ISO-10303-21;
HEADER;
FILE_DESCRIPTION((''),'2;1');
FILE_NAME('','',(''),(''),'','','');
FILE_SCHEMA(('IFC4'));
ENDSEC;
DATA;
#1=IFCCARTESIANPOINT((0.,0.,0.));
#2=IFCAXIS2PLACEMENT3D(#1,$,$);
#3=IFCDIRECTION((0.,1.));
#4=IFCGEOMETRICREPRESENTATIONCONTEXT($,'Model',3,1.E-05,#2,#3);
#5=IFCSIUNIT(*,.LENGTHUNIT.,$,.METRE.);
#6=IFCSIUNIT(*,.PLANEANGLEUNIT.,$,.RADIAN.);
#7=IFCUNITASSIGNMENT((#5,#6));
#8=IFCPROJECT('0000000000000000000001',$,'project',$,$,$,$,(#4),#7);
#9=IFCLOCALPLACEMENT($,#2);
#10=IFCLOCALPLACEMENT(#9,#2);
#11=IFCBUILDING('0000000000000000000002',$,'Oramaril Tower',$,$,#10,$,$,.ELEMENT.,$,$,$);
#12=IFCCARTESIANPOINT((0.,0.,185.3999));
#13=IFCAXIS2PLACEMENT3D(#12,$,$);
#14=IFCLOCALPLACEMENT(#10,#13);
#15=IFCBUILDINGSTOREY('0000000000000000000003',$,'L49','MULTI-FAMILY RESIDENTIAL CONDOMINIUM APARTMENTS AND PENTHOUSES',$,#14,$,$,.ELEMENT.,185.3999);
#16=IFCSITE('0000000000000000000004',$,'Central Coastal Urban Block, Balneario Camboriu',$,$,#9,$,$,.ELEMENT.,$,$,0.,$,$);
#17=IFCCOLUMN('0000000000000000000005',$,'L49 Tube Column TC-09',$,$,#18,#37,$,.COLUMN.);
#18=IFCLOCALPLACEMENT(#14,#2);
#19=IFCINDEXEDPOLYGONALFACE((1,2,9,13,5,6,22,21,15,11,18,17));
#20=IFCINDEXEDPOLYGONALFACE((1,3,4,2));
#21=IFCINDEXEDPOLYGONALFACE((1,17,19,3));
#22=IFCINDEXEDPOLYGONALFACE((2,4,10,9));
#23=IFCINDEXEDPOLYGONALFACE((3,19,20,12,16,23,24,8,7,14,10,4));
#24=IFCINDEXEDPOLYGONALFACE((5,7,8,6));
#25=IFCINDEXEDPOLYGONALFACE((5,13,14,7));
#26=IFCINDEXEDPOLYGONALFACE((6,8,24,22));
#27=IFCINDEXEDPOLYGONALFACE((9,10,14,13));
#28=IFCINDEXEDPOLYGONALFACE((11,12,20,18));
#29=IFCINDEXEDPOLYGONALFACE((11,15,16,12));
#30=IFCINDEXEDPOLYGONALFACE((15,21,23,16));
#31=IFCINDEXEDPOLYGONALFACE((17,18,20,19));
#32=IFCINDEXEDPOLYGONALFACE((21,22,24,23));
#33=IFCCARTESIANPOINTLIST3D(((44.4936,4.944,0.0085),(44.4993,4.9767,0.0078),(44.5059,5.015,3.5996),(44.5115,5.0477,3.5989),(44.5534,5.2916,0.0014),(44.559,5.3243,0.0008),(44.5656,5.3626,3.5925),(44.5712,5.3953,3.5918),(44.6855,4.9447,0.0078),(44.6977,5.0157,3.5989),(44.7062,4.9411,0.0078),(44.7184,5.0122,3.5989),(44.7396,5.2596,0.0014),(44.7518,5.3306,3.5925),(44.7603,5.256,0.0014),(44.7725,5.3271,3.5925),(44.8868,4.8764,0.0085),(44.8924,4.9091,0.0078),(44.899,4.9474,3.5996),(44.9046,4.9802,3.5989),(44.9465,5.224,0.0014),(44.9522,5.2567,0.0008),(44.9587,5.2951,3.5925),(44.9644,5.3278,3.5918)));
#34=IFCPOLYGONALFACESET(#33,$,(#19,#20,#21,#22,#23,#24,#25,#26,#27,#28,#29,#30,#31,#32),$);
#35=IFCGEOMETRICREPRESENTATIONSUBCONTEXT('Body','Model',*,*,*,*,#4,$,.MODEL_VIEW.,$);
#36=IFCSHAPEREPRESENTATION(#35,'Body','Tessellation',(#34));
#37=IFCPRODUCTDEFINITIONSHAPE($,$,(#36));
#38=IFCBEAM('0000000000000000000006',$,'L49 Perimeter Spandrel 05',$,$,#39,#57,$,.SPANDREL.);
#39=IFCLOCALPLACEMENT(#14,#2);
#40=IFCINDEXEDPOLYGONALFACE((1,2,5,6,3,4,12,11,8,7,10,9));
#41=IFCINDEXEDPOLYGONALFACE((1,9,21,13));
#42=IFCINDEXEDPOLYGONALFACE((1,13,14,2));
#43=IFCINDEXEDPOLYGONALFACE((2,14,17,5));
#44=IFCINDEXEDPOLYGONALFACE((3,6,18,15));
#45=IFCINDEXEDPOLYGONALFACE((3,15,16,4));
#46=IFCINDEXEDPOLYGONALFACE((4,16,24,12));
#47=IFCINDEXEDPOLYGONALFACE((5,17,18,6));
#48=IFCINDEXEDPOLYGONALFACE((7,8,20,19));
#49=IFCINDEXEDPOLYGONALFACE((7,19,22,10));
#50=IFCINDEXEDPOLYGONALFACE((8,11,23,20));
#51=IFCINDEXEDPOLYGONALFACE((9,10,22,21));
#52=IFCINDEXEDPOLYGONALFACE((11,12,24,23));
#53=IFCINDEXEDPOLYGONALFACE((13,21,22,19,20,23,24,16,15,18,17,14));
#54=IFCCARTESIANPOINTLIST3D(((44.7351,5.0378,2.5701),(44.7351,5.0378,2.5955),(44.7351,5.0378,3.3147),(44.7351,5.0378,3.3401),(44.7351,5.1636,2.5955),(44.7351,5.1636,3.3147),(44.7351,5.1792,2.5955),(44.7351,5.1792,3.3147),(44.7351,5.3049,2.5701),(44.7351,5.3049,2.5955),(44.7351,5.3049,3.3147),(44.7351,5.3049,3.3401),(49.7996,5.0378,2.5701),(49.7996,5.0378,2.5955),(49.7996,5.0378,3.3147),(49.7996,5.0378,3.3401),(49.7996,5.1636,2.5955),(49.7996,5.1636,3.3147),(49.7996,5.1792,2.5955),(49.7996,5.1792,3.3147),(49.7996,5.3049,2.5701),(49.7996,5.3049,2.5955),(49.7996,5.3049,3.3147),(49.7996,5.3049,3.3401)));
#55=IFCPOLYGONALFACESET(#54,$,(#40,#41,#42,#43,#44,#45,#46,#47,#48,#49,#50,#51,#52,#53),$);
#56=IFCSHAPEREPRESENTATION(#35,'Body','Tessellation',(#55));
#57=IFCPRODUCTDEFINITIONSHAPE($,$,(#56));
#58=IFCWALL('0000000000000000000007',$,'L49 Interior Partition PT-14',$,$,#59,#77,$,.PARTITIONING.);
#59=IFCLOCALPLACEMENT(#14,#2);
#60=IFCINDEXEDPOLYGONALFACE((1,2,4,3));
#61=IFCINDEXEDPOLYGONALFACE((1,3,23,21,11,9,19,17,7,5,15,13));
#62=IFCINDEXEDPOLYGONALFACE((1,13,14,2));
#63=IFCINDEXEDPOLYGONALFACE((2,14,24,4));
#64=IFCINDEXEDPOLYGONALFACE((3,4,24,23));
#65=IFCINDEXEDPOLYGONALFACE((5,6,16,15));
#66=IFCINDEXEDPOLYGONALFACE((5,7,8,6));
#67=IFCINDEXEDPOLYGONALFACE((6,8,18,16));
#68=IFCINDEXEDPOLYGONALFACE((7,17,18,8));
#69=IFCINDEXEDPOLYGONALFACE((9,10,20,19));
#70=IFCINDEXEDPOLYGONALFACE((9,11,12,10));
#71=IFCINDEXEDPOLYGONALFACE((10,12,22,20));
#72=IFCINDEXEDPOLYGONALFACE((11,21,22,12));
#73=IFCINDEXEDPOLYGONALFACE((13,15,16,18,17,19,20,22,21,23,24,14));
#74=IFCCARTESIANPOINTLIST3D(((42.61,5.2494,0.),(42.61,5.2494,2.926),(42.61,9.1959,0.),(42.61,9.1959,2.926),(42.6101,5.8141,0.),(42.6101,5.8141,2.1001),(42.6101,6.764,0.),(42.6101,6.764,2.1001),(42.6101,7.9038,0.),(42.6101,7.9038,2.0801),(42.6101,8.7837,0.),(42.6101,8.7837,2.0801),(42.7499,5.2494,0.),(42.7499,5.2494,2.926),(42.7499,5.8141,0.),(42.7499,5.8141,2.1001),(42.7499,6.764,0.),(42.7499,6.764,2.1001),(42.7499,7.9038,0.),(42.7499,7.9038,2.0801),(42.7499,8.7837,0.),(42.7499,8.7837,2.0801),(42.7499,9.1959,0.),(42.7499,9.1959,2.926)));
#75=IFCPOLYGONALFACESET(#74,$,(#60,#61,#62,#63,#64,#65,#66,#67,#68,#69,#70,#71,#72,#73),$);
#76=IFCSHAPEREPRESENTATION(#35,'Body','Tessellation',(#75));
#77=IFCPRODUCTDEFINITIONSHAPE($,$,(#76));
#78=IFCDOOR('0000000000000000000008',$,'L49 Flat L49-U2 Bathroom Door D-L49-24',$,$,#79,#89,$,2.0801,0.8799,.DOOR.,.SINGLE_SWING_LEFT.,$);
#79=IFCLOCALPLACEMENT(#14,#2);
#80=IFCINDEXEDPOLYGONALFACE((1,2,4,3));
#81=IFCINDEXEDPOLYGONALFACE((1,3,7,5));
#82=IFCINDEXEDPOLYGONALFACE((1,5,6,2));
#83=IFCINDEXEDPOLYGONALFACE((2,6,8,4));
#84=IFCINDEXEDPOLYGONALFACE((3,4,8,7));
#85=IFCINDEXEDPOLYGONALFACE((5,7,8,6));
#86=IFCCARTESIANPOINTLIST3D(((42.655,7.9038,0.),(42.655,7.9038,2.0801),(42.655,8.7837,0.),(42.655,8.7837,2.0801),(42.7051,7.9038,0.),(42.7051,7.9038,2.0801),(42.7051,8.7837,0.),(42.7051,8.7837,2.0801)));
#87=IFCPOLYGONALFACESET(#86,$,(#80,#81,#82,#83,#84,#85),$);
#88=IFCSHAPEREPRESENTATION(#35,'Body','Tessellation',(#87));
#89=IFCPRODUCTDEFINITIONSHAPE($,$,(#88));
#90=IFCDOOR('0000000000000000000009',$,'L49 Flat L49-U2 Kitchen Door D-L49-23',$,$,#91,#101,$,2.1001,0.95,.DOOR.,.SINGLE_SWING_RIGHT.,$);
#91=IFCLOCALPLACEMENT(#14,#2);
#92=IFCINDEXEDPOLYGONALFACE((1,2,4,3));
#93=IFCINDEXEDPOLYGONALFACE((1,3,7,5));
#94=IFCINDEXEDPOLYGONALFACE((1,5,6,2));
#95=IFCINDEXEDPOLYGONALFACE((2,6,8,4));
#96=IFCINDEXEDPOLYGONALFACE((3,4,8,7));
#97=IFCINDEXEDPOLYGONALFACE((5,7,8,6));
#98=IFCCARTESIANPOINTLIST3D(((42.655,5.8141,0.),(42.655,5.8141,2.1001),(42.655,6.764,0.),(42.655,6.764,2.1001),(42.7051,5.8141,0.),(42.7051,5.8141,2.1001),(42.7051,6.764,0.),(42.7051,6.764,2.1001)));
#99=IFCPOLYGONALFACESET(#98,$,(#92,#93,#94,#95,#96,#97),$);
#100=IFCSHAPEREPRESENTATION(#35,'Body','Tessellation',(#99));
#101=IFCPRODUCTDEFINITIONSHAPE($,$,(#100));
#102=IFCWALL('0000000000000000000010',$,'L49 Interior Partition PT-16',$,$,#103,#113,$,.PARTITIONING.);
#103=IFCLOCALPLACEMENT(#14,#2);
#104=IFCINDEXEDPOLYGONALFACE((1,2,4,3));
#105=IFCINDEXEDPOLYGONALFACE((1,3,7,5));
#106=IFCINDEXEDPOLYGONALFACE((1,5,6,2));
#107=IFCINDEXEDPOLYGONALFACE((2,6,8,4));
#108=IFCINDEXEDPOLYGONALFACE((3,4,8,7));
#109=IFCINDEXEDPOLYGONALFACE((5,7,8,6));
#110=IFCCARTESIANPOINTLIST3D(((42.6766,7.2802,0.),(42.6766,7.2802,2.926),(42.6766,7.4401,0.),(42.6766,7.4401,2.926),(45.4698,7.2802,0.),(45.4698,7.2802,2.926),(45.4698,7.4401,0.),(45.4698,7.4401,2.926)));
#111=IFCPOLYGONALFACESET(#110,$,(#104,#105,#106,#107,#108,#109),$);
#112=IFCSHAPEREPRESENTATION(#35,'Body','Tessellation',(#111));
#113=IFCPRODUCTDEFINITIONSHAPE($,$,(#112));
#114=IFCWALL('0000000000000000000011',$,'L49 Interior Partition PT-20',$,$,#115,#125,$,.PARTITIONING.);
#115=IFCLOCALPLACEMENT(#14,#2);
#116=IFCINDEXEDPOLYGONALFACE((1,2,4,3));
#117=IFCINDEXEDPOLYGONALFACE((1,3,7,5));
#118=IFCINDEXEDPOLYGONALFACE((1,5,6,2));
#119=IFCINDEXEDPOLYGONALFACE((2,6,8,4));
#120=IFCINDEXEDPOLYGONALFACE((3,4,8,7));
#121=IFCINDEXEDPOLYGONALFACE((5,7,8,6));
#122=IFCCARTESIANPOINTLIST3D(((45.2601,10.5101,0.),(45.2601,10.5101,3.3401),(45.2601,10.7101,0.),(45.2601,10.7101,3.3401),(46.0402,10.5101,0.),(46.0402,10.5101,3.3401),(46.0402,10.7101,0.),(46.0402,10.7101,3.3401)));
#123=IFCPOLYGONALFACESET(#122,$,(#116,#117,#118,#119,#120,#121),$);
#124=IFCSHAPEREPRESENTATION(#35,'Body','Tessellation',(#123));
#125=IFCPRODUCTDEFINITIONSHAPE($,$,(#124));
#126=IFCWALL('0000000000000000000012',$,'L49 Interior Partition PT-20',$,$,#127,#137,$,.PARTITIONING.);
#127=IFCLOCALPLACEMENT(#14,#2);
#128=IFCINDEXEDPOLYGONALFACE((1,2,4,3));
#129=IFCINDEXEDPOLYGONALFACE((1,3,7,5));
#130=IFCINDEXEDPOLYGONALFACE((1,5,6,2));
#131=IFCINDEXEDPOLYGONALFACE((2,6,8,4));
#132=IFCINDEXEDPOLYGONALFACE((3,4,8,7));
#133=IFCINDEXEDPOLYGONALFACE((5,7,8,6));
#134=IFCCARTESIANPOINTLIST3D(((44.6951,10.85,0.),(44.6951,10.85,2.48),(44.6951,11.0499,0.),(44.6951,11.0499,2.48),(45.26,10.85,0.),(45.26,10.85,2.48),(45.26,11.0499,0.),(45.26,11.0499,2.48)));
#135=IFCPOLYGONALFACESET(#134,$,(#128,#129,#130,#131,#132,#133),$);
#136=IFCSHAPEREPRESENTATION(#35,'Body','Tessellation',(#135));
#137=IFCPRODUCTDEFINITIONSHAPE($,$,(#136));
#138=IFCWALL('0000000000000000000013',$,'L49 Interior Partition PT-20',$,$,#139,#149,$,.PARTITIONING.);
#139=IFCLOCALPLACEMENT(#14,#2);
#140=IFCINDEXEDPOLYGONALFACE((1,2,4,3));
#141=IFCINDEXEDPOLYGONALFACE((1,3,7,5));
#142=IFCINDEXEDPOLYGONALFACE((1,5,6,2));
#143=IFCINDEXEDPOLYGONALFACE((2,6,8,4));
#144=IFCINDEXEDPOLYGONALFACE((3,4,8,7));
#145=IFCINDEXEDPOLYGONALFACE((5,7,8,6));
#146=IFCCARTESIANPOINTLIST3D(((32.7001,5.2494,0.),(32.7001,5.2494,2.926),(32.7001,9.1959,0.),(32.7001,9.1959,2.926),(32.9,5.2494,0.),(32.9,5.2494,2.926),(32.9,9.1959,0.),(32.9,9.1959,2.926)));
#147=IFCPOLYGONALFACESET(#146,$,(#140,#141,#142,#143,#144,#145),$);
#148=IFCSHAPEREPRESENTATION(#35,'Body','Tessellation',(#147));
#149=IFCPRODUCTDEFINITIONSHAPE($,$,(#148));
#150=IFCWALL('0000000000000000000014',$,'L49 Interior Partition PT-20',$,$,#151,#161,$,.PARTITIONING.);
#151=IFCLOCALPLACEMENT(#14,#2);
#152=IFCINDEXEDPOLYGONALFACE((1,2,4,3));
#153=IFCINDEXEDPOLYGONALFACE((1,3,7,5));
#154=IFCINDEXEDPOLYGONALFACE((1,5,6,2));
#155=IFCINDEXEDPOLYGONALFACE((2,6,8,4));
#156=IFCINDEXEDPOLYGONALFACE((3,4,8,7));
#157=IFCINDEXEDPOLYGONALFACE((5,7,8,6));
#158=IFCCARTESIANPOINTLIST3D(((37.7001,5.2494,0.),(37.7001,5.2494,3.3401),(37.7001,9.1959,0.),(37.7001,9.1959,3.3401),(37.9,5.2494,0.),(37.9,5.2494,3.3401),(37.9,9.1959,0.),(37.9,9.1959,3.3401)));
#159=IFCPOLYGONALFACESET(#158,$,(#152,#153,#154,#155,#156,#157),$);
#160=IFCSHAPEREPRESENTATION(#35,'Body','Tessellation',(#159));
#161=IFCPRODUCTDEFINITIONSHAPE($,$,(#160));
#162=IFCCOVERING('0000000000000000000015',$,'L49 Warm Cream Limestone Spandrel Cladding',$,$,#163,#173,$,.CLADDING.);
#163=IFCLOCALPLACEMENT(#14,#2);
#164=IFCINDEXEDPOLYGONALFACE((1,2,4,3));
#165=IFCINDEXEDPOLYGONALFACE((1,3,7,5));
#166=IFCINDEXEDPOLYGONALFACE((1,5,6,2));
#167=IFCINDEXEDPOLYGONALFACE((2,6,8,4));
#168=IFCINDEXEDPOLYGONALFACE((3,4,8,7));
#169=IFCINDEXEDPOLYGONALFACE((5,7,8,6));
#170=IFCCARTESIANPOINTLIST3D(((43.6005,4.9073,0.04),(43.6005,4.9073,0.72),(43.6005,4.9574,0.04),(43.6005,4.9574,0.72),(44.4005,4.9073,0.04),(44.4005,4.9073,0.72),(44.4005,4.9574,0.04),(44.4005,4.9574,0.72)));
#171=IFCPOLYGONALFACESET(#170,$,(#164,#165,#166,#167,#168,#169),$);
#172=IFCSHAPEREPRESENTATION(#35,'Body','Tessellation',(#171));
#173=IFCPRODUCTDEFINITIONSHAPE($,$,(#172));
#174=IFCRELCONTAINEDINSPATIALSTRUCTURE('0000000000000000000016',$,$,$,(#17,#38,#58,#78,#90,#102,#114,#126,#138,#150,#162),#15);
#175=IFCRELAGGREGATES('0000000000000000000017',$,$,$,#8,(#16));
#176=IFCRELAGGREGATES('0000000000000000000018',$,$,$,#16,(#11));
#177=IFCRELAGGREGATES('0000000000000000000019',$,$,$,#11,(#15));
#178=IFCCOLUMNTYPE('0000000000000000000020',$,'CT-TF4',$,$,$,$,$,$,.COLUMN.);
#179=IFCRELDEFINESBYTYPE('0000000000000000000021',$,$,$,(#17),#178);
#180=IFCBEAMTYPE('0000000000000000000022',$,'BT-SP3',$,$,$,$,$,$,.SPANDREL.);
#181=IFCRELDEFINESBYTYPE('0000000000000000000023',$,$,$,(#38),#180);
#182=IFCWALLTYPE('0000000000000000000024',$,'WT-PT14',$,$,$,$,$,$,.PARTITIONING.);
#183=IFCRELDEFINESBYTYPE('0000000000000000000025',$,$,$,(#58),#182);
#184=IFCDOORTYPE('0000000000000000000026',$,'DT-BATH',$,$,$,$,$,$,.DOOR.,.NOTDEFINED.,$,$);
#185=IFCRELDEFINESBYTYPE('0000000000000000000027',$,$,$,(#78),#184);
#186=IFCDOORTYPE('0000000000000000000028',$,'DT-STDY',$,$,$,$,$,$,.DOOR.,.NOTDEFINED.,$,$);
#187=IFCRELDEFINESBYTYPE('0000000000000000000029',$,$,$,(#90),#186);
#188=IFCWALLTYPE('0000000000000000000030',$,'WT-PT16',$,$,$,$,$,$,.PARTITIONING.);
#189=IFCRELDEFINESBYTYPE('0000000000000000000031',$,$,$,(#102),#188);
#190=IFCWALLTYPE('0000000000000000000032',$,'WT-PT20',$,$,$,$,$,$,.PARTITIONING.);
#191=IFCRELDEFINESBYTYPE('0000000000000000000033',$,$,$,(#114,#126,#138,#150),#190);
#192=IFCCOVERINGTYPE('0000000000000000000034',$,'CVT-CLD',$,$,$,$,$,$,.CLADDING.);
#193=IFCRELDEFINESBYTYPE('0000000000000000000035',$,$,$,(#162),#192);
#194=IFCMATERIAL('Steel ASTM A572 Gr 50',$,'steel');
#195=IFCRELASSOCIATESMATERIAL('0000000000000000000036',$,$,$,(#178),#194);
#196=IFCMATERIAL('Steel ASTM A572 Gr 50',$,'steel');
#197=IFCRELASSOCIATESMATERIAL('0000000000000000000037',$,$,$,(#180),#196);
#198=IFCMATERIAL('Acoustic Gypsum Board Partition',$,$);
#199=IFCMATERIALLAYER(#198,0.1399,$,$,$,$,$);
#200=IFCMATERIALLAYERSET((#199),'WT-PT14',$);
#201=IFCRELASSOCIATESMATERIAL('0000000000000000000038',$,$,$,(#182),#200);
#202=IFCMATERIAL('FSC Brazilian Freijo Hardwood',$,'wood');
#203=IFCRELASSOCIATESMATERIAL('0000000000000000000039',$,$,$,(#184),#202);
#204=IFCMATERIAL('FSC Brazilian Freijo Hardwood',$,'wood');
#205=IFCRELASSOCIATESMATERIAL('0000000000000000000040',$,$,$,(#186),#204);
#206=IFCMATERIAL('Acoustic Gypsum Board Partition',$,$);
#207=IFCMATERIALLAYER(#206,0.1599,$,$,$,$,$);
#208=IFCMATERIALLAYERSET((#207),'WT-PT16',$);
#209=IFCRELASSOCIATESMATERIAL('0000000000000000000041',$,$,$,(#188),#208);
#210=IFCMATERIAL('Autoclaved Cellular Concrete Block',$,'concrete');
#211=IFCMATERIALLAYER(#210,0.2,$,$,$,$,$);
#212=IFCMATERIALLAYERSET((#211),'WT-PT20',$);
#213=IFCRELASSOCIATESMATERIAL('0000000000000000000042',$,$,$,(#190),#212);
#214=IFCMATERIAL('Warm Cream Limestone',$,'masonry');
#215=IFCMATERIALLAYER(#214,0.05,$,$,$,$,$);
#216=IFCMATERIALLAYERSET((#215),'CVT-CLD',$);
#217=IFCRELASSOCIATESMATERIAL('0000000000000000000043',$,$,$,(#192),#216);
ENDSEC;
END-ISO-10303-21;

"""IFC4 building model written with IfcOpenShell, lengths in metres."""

from ifc_helpers import new_model, si_unit, direction, frame, frame_2d, origin, origin_2d, place, context, subcontext, project, spatial, rectangle, i_section, extrude, material, layer, layer_set, material_profile, profile_set, type_object, element, fill, save


model = new_model("IFC4")

# Units and contexts
model_context = context("Model", 3, precision=1e-05, world=origin(), true_north=direction((0.0, 1.0)))
body_context = subcontext(model_context, "Body", "Model", "MODEL_VIEW")
ifc_project = project(units=[si_unit("LENGTHUNIT", "METRE"), si_unit("PLANEANGLEUNIT", "RADIAN")], contexts=[model_context])

# Site, building, storey
site_placement = place(None, origin())
site = spatial("IfcSite", under=ifc_project, at=site_placement, Name="Central Coastal Urban Block, Balneario Camboriu", CompositionType="ELEMENT", RefElevation=0.0)
building_placement = place(site_placement, origin())
building = spatial("IfcBuilding", under=site, at=building_placement, Name="Oramaril Tower", CompositionType="ELEMENT")
storey_placement = place(building_placement, frame((0.0, 0.0, 185.3999)))
storey = spatial("IfcBuildingStorey", under=building, at=storey_placement, Name="L49", Description="MULTI-FAMILY RESIDENTIAL CONDOMINIUM APARTMENTS AND PENTHOUSES", CompositionType="ELEMENT", Elevation=185.3999)

# Column
ifc_material_1 = material(Name="Steel ASTM A572 Gr 50", Category="steel")
ifc_material_profile_1 = material_profile(ifc_material_1, i_section(OverallWidth=0.3989, OverallDepth=0.386, WebThickness=0.021, FlangeThickness=0.0332, at=origin_2d()), Name="W14X176")
ifc_profile_set_1 = profile_set([ifc_material_profile_1], Name="Steel ASTM A572 Gr 50")
column_type = type_object("IfcColumnType", Name="CT-TF4", PredefinedType="COLUMN", material=ifc_profile_set_1)
column_placement = place(storey_placement, frame((44.7229, 5.1003, 0.0046), z_axis=(0.003399, 0.01978, 0.999799), x_axis=(-0.985558, 0.16934, 0.0)))
element("IfcColumn", 1, at=column_placement, inside=storey, type_object=column_type, Name="L49 Tube Column TC-09", PredefinedType="COLUMN", context=body_context, shape_type="SweptSolid", body=[
    extrude(i_section(OverallWidth=0.3989, OverallDepth=0.386, WebThickness=0.021, FlangeThickness=0.0332, at=origin_2d()), origin(), (0.0, 0.0, 1.0), 3.5918),
])

# Beam
ifc_material_2 = material(Name="Steel ASTM A572 Gr 50", Category="steel")
ifc_material_profile_2 = material_profile(ifc_material_2, i_section(OverallWidth=0.2671, OverallDepth=0.77, WebThickness=0.0156, FlangeThickness=0.0254, at=origin_2d()), Name="W30X132")
ifc_profile_set_2 = profile_set([ifc_material_profile_2], Name="Steel ASTM A572 Gr 50")
beam_type = type_object("IfcBeamType", Name="BT-SP3", PredefinedType="SPANDREL", material=ifc_profile_set_2)
beam_placement = place(storey_placement, frame((44.7351, 5.1714, 2.9551), z_axis=(1.0, 0.0, 0.0), x_axis=(0.0, 1.0, 0.0)))
element("IfcBeam", 2, at=beam_placement, inside=storey, type_object=beam_type, Name="L49 Perimeter Spandrel 05", PredefinedType="SPANDREL", context=body_context, shape_type="SweptSolid", body=[
    extrude(i_section(OverallWidth=0.2671, OverallDepth=0.77, WebThickness=0.0156, FlangeThickness=0.0254, at=origin_2d()), origin(), (0.0, 0.0, 1.0), 5.0645),
])

# Wall, openings, doors
ifc_material_3 = material(Name="Acoustic Gypsum Board Partition")
ifc_layer_1 = layer(ifc_material_3, 0.1399)
ifc_layer_set_1 = layer_set([ifc_layer_1], Name="WT-PT14")
wall_type_1 = type_object("IfcWallType", Name="WT-PT14", PredefinedType="PARTITIONING", material=ifc_layer_set_1)
wall_1_placement = place(storey_placement, frame((42.6799, 5.2495, 0.0), z_axis=(0.0, 0.0, 1.0), x_axis=(0.0, 1.0, 0.0)))
wall_1 = element("IfcWall", 3, at=wall_1_placement, inside=storey, type_object=wall_type_1, Name="L49 Interior Partition PT-14", PredefinedType="PARTITIONING", context=body_context, shape_type="SweptSolid", body=[
    extrude(rectangle(XDim=3.9465, YDim=0.1399, at=frame_2d((1.9731, 0.0))), origin(), (0.0, 0.0, 1.0), 2.926),
])
opening_1_placement = place(wall_1_placement, frame((0.5645, 0.0, 0.0)))
opening_1 = element("IfcOpeningElement", 4, at=opening_1_placement, cuts=wall_1, PredefinedType="OPENING", context=body_context, shape_type="SweptSolid", body=[
    extrude(rectangle(XDim=0.95, YDim=2.1001, at=frame_2d((0.4751, 1.05))), frame((0.0, 0.0698, 0.0), z_axis=(0.0, -1.0, 0.0), x_axis=(1.0, 0.0, 0.0)), (0.0, 0.0, 1.0), 0.1399),
])
opening_2_placement = place(wall_1_placement, frame((2.6543, 0.0, 0.0)))
opening_2 = element("IfcOpeningElement", 5, at=opening_2_placement, cuts=wall_1, PredefinedType="OPENING", context=body_context, shape_type="SweptSolid", body=[
    extrude(rectangle(XDim=0.8799, YDim=2.0801, at=frame_2d((0.4399, 1.04))), frame((0.0, 0.0698, 0.0), z_axis=(0.0, -1.0, 0.0), x_axis=(1.0, 0.0, 0.0)), (0.0, 0.0, 1.0), 0.1399),
])
ifc_material_4 = material(Name="FSC Brazilian Freijo Hardwood", Category="wood")
door_type_1 = type_object("IfcDoorType", Name="DT-BATH", OperationType="NOTDEFINED", PredefinedType="DOOR", material=ifc_material_4)
door_1_placement = place(opening_2_placement, origin())
door_1 = element("IfcDoor", 6, at=door_1_placement, inside=storey, type_object=door_type_1, Name="L49 Flat L49-U2 Bathroom Door D-L49-24", OperationType="SINGLE_SWING_LEFT", OverallHeight=2.0801, OverallWidth=0.8799, PredefinedType="DOOR", context=body_context, shape_type="SweptSolid", body=[
    extrude(rectangle(XDim=0.8799, YDim=2.0801, at=frame_2d((0.4399, 1.04))), frame((0.0, 0.0249, 0.0), z_axis=(0.0, -1.0, 0.0), x_axis=(1.0, 0.0, 0.0)), (0.0, 0.0, 1.0), 0.05),
])
fill(opening_2, door_1)
ifc_material_5 = material(Name="FSC Brazilian Freijo Hardwood", Category="wood")
door_type_2 = type_object("IfcDoorType", Name="DT-STDY", OperationType="NOTDEFINED", PredefinedType="DOOR", material=ifc_material_5)
door_2_placement = place(opening_1_placement, origin())
door_2 = element("IfcDoor", 7, at=door_2_placement, inside=storey, type_object=door_type_2, Name="L49 Flat L49-U2 Kitchen Door D-L49-23", OperationType="SINGLE_SWING_RIGHT", OverallHeight=2.1001, OverallWidth=0.95, PredefinedType="DOOR", context=body_context, shape_type="SweptSolid", body=[
    extrude(rectangle(XDim=0.95, YDim=2.1001, at=frame_2d((0.4751, 1.05))), frame((0.0, 0.0249, 0.0), z_axis=(0.0, -1.0, 0.0), x_axis=(1.0, 0.0, 0.0)), (0.0, 0.0, 1.0), 0.05),
])
fill(opening_1, door_2)

# Walls
ifc_material_6 = material(Name="Acoustic Gypsum Board Partition")
ifc_layer_2 = layer(ifc_material_6, 0.1599)
ifc_layer_set_2 = layer_set([ifc_layer_2], Name="WT-PT16")
wall_type_2 = type_object("IfcWallType", Name="WT-PT16", PredefinedType="PARTITIONING", material=ifc_layer_set_2)
wall_2_placement = place(storey_placement, frame((42.6768, 7.3601, 0.0), z_axis=(0.0, 0.0, 1.0), x_axis=(1.0, 0.0, 0.0)))
element("IfcWall", 8, at=wall_2_placement, inside=storey, type_object=wall_type_2, Name="L49 Interior Partition PT-16", PredefinedType="PARTITIONING", context=body_context, shape_type="SweptSolid", body=[
    extrude(rectangle(XDim=2.7932, YDim=0.1599, at=frame_2d((1.3965, 0.0))), origin(), (0.0, 0.0, 1.0), 2.926),
])
ifc_material_7 = material(Name="Autoclaved Cellular Concrete Block", Category="concrete")
ifc_layer_3 = layer(ifc_material_7, 0.2)
ifc_layer_set_3 = layer_set([ifc_layer_3], Name="WT-PT20")
wall_type_3 = type_object("IfcWallType", Name="WT-PT20", PredefinedType="PARTITIONING", material=ifc_layer_set_3)
wall_3_placement = place(storey_placement, frame((45.26, 10.6101, 0.0), z_axis=(0.0, 0.0, 1.0), x_axis=(1.0, 0.0, 0.0)))
element("IfcWall", 9, at=wall_3_placement, inside=storey, type_object=wall_type_3, Name="L49 Interior Partition PT-20", PredefinedType="PARTITIONING", context=body_context, shape_type="SweptSolid", body=[
    extrude(rectangle(XDim=0.78, YDim=0.2, at=frame_2d((0.3901, 0.0))), origin(), (0.0, 0.0, 1.0), 3.3401),
])
wall_4_placement = place(storey_placement, frame((44.6951, 10.95, 0.0), z_axis=(0.0, 0.0, 1.0), x_axis=(1.0, 0.0, 0.0)))
element("IfcWall", 10, at=wall_4_placement, inside=storey, type_object=wall_type_3, Name="L49 Interior Partition PT-20", PredefinedType="PARTITIONING", context=body_context, shape_type="SweptSolid", body=[
    extrude(rectangle(XDim=0.5649, YDim=0.2, at=frame_2d((0.2825, 0.0))), origin(), (0.0, 0.0, 1.0), 2.48),
])
wall_5_placement = place(storey_placement, frame((32.8, 5.2495, 0.0), z_axis=(0.0, 0.0, 1.0), x_axis=(0.0, 1.0, 0.0)))
element("IfcWall", 11, at=wall_5_placement, inside=storey, type_object=wall_type_3, Name="L49 Interior Partition PT-20", PredefinedType="PARTITIONING", context=body_context, shape_type="SweptSolid", body=[
    extrude(rectangle(XDim=3.9465, YDim=0.2, at=frame_2d((1.9731, 0.0))), origin(), (0.0, 0.0, 1.0), 2.926),
])
wall_6_placement = place(storey_placement, frame((37.8, 5.2495, 0.0), z_axis=(0.0, 0.0, 1.0), x_axis=(0.0, 1.0, 0.0)))
element("IfcWall", 12, at=wall_6_placement, inside=storey, type_object=wall_type_3, Name="L49 Interior Partition PT-20", PredefinedType="PARTITIONING", context=body_context, shape_type="SweptSolid", body=[
    extrude(rectangle(XDim=3.9465, YDim=0.2, at=frame_2d((1.9731, 0.0))), origin(), (0.0, 0.0, 1.0), 3.3401),
])

# Covering
ifc_material_8 = material(Name="Warm Cream Limestone", Category="masonry")
ifc_layer_4 = layer(ifc_material_8, 0.05)
ifc_layer_set_4 = layer_set([ifc_layer_4], Name="CVT-CLD")
covering_type = type_object("IfcCoveringType", Name="CVT-CLD", PredefinedType="CLADDING", material=ifc_layer_set_4)
covering_placement = place(storey_placement, frame((44.0005, 4.9324, 0.04), z_axis=(0.0, 0.0, 1.0), x_axis=(1.0, 0.0, 0.0)))
element("IfcCovering", 13, at=covering_placement, inside=storey, type_object=covering_type, Name="L49 Warm Cream Limestone Spandrel Cladding", PredefinedType="CLADDING", context=body_context, shape_type="SweptSolid", body=[
    extrude(rectangle(XDim=0.8, YDim=0.05, at=origin_2d()), origin(), (0.0, 0.0, 1.0), 0.6799),
])

save(model, "model.ifc")
